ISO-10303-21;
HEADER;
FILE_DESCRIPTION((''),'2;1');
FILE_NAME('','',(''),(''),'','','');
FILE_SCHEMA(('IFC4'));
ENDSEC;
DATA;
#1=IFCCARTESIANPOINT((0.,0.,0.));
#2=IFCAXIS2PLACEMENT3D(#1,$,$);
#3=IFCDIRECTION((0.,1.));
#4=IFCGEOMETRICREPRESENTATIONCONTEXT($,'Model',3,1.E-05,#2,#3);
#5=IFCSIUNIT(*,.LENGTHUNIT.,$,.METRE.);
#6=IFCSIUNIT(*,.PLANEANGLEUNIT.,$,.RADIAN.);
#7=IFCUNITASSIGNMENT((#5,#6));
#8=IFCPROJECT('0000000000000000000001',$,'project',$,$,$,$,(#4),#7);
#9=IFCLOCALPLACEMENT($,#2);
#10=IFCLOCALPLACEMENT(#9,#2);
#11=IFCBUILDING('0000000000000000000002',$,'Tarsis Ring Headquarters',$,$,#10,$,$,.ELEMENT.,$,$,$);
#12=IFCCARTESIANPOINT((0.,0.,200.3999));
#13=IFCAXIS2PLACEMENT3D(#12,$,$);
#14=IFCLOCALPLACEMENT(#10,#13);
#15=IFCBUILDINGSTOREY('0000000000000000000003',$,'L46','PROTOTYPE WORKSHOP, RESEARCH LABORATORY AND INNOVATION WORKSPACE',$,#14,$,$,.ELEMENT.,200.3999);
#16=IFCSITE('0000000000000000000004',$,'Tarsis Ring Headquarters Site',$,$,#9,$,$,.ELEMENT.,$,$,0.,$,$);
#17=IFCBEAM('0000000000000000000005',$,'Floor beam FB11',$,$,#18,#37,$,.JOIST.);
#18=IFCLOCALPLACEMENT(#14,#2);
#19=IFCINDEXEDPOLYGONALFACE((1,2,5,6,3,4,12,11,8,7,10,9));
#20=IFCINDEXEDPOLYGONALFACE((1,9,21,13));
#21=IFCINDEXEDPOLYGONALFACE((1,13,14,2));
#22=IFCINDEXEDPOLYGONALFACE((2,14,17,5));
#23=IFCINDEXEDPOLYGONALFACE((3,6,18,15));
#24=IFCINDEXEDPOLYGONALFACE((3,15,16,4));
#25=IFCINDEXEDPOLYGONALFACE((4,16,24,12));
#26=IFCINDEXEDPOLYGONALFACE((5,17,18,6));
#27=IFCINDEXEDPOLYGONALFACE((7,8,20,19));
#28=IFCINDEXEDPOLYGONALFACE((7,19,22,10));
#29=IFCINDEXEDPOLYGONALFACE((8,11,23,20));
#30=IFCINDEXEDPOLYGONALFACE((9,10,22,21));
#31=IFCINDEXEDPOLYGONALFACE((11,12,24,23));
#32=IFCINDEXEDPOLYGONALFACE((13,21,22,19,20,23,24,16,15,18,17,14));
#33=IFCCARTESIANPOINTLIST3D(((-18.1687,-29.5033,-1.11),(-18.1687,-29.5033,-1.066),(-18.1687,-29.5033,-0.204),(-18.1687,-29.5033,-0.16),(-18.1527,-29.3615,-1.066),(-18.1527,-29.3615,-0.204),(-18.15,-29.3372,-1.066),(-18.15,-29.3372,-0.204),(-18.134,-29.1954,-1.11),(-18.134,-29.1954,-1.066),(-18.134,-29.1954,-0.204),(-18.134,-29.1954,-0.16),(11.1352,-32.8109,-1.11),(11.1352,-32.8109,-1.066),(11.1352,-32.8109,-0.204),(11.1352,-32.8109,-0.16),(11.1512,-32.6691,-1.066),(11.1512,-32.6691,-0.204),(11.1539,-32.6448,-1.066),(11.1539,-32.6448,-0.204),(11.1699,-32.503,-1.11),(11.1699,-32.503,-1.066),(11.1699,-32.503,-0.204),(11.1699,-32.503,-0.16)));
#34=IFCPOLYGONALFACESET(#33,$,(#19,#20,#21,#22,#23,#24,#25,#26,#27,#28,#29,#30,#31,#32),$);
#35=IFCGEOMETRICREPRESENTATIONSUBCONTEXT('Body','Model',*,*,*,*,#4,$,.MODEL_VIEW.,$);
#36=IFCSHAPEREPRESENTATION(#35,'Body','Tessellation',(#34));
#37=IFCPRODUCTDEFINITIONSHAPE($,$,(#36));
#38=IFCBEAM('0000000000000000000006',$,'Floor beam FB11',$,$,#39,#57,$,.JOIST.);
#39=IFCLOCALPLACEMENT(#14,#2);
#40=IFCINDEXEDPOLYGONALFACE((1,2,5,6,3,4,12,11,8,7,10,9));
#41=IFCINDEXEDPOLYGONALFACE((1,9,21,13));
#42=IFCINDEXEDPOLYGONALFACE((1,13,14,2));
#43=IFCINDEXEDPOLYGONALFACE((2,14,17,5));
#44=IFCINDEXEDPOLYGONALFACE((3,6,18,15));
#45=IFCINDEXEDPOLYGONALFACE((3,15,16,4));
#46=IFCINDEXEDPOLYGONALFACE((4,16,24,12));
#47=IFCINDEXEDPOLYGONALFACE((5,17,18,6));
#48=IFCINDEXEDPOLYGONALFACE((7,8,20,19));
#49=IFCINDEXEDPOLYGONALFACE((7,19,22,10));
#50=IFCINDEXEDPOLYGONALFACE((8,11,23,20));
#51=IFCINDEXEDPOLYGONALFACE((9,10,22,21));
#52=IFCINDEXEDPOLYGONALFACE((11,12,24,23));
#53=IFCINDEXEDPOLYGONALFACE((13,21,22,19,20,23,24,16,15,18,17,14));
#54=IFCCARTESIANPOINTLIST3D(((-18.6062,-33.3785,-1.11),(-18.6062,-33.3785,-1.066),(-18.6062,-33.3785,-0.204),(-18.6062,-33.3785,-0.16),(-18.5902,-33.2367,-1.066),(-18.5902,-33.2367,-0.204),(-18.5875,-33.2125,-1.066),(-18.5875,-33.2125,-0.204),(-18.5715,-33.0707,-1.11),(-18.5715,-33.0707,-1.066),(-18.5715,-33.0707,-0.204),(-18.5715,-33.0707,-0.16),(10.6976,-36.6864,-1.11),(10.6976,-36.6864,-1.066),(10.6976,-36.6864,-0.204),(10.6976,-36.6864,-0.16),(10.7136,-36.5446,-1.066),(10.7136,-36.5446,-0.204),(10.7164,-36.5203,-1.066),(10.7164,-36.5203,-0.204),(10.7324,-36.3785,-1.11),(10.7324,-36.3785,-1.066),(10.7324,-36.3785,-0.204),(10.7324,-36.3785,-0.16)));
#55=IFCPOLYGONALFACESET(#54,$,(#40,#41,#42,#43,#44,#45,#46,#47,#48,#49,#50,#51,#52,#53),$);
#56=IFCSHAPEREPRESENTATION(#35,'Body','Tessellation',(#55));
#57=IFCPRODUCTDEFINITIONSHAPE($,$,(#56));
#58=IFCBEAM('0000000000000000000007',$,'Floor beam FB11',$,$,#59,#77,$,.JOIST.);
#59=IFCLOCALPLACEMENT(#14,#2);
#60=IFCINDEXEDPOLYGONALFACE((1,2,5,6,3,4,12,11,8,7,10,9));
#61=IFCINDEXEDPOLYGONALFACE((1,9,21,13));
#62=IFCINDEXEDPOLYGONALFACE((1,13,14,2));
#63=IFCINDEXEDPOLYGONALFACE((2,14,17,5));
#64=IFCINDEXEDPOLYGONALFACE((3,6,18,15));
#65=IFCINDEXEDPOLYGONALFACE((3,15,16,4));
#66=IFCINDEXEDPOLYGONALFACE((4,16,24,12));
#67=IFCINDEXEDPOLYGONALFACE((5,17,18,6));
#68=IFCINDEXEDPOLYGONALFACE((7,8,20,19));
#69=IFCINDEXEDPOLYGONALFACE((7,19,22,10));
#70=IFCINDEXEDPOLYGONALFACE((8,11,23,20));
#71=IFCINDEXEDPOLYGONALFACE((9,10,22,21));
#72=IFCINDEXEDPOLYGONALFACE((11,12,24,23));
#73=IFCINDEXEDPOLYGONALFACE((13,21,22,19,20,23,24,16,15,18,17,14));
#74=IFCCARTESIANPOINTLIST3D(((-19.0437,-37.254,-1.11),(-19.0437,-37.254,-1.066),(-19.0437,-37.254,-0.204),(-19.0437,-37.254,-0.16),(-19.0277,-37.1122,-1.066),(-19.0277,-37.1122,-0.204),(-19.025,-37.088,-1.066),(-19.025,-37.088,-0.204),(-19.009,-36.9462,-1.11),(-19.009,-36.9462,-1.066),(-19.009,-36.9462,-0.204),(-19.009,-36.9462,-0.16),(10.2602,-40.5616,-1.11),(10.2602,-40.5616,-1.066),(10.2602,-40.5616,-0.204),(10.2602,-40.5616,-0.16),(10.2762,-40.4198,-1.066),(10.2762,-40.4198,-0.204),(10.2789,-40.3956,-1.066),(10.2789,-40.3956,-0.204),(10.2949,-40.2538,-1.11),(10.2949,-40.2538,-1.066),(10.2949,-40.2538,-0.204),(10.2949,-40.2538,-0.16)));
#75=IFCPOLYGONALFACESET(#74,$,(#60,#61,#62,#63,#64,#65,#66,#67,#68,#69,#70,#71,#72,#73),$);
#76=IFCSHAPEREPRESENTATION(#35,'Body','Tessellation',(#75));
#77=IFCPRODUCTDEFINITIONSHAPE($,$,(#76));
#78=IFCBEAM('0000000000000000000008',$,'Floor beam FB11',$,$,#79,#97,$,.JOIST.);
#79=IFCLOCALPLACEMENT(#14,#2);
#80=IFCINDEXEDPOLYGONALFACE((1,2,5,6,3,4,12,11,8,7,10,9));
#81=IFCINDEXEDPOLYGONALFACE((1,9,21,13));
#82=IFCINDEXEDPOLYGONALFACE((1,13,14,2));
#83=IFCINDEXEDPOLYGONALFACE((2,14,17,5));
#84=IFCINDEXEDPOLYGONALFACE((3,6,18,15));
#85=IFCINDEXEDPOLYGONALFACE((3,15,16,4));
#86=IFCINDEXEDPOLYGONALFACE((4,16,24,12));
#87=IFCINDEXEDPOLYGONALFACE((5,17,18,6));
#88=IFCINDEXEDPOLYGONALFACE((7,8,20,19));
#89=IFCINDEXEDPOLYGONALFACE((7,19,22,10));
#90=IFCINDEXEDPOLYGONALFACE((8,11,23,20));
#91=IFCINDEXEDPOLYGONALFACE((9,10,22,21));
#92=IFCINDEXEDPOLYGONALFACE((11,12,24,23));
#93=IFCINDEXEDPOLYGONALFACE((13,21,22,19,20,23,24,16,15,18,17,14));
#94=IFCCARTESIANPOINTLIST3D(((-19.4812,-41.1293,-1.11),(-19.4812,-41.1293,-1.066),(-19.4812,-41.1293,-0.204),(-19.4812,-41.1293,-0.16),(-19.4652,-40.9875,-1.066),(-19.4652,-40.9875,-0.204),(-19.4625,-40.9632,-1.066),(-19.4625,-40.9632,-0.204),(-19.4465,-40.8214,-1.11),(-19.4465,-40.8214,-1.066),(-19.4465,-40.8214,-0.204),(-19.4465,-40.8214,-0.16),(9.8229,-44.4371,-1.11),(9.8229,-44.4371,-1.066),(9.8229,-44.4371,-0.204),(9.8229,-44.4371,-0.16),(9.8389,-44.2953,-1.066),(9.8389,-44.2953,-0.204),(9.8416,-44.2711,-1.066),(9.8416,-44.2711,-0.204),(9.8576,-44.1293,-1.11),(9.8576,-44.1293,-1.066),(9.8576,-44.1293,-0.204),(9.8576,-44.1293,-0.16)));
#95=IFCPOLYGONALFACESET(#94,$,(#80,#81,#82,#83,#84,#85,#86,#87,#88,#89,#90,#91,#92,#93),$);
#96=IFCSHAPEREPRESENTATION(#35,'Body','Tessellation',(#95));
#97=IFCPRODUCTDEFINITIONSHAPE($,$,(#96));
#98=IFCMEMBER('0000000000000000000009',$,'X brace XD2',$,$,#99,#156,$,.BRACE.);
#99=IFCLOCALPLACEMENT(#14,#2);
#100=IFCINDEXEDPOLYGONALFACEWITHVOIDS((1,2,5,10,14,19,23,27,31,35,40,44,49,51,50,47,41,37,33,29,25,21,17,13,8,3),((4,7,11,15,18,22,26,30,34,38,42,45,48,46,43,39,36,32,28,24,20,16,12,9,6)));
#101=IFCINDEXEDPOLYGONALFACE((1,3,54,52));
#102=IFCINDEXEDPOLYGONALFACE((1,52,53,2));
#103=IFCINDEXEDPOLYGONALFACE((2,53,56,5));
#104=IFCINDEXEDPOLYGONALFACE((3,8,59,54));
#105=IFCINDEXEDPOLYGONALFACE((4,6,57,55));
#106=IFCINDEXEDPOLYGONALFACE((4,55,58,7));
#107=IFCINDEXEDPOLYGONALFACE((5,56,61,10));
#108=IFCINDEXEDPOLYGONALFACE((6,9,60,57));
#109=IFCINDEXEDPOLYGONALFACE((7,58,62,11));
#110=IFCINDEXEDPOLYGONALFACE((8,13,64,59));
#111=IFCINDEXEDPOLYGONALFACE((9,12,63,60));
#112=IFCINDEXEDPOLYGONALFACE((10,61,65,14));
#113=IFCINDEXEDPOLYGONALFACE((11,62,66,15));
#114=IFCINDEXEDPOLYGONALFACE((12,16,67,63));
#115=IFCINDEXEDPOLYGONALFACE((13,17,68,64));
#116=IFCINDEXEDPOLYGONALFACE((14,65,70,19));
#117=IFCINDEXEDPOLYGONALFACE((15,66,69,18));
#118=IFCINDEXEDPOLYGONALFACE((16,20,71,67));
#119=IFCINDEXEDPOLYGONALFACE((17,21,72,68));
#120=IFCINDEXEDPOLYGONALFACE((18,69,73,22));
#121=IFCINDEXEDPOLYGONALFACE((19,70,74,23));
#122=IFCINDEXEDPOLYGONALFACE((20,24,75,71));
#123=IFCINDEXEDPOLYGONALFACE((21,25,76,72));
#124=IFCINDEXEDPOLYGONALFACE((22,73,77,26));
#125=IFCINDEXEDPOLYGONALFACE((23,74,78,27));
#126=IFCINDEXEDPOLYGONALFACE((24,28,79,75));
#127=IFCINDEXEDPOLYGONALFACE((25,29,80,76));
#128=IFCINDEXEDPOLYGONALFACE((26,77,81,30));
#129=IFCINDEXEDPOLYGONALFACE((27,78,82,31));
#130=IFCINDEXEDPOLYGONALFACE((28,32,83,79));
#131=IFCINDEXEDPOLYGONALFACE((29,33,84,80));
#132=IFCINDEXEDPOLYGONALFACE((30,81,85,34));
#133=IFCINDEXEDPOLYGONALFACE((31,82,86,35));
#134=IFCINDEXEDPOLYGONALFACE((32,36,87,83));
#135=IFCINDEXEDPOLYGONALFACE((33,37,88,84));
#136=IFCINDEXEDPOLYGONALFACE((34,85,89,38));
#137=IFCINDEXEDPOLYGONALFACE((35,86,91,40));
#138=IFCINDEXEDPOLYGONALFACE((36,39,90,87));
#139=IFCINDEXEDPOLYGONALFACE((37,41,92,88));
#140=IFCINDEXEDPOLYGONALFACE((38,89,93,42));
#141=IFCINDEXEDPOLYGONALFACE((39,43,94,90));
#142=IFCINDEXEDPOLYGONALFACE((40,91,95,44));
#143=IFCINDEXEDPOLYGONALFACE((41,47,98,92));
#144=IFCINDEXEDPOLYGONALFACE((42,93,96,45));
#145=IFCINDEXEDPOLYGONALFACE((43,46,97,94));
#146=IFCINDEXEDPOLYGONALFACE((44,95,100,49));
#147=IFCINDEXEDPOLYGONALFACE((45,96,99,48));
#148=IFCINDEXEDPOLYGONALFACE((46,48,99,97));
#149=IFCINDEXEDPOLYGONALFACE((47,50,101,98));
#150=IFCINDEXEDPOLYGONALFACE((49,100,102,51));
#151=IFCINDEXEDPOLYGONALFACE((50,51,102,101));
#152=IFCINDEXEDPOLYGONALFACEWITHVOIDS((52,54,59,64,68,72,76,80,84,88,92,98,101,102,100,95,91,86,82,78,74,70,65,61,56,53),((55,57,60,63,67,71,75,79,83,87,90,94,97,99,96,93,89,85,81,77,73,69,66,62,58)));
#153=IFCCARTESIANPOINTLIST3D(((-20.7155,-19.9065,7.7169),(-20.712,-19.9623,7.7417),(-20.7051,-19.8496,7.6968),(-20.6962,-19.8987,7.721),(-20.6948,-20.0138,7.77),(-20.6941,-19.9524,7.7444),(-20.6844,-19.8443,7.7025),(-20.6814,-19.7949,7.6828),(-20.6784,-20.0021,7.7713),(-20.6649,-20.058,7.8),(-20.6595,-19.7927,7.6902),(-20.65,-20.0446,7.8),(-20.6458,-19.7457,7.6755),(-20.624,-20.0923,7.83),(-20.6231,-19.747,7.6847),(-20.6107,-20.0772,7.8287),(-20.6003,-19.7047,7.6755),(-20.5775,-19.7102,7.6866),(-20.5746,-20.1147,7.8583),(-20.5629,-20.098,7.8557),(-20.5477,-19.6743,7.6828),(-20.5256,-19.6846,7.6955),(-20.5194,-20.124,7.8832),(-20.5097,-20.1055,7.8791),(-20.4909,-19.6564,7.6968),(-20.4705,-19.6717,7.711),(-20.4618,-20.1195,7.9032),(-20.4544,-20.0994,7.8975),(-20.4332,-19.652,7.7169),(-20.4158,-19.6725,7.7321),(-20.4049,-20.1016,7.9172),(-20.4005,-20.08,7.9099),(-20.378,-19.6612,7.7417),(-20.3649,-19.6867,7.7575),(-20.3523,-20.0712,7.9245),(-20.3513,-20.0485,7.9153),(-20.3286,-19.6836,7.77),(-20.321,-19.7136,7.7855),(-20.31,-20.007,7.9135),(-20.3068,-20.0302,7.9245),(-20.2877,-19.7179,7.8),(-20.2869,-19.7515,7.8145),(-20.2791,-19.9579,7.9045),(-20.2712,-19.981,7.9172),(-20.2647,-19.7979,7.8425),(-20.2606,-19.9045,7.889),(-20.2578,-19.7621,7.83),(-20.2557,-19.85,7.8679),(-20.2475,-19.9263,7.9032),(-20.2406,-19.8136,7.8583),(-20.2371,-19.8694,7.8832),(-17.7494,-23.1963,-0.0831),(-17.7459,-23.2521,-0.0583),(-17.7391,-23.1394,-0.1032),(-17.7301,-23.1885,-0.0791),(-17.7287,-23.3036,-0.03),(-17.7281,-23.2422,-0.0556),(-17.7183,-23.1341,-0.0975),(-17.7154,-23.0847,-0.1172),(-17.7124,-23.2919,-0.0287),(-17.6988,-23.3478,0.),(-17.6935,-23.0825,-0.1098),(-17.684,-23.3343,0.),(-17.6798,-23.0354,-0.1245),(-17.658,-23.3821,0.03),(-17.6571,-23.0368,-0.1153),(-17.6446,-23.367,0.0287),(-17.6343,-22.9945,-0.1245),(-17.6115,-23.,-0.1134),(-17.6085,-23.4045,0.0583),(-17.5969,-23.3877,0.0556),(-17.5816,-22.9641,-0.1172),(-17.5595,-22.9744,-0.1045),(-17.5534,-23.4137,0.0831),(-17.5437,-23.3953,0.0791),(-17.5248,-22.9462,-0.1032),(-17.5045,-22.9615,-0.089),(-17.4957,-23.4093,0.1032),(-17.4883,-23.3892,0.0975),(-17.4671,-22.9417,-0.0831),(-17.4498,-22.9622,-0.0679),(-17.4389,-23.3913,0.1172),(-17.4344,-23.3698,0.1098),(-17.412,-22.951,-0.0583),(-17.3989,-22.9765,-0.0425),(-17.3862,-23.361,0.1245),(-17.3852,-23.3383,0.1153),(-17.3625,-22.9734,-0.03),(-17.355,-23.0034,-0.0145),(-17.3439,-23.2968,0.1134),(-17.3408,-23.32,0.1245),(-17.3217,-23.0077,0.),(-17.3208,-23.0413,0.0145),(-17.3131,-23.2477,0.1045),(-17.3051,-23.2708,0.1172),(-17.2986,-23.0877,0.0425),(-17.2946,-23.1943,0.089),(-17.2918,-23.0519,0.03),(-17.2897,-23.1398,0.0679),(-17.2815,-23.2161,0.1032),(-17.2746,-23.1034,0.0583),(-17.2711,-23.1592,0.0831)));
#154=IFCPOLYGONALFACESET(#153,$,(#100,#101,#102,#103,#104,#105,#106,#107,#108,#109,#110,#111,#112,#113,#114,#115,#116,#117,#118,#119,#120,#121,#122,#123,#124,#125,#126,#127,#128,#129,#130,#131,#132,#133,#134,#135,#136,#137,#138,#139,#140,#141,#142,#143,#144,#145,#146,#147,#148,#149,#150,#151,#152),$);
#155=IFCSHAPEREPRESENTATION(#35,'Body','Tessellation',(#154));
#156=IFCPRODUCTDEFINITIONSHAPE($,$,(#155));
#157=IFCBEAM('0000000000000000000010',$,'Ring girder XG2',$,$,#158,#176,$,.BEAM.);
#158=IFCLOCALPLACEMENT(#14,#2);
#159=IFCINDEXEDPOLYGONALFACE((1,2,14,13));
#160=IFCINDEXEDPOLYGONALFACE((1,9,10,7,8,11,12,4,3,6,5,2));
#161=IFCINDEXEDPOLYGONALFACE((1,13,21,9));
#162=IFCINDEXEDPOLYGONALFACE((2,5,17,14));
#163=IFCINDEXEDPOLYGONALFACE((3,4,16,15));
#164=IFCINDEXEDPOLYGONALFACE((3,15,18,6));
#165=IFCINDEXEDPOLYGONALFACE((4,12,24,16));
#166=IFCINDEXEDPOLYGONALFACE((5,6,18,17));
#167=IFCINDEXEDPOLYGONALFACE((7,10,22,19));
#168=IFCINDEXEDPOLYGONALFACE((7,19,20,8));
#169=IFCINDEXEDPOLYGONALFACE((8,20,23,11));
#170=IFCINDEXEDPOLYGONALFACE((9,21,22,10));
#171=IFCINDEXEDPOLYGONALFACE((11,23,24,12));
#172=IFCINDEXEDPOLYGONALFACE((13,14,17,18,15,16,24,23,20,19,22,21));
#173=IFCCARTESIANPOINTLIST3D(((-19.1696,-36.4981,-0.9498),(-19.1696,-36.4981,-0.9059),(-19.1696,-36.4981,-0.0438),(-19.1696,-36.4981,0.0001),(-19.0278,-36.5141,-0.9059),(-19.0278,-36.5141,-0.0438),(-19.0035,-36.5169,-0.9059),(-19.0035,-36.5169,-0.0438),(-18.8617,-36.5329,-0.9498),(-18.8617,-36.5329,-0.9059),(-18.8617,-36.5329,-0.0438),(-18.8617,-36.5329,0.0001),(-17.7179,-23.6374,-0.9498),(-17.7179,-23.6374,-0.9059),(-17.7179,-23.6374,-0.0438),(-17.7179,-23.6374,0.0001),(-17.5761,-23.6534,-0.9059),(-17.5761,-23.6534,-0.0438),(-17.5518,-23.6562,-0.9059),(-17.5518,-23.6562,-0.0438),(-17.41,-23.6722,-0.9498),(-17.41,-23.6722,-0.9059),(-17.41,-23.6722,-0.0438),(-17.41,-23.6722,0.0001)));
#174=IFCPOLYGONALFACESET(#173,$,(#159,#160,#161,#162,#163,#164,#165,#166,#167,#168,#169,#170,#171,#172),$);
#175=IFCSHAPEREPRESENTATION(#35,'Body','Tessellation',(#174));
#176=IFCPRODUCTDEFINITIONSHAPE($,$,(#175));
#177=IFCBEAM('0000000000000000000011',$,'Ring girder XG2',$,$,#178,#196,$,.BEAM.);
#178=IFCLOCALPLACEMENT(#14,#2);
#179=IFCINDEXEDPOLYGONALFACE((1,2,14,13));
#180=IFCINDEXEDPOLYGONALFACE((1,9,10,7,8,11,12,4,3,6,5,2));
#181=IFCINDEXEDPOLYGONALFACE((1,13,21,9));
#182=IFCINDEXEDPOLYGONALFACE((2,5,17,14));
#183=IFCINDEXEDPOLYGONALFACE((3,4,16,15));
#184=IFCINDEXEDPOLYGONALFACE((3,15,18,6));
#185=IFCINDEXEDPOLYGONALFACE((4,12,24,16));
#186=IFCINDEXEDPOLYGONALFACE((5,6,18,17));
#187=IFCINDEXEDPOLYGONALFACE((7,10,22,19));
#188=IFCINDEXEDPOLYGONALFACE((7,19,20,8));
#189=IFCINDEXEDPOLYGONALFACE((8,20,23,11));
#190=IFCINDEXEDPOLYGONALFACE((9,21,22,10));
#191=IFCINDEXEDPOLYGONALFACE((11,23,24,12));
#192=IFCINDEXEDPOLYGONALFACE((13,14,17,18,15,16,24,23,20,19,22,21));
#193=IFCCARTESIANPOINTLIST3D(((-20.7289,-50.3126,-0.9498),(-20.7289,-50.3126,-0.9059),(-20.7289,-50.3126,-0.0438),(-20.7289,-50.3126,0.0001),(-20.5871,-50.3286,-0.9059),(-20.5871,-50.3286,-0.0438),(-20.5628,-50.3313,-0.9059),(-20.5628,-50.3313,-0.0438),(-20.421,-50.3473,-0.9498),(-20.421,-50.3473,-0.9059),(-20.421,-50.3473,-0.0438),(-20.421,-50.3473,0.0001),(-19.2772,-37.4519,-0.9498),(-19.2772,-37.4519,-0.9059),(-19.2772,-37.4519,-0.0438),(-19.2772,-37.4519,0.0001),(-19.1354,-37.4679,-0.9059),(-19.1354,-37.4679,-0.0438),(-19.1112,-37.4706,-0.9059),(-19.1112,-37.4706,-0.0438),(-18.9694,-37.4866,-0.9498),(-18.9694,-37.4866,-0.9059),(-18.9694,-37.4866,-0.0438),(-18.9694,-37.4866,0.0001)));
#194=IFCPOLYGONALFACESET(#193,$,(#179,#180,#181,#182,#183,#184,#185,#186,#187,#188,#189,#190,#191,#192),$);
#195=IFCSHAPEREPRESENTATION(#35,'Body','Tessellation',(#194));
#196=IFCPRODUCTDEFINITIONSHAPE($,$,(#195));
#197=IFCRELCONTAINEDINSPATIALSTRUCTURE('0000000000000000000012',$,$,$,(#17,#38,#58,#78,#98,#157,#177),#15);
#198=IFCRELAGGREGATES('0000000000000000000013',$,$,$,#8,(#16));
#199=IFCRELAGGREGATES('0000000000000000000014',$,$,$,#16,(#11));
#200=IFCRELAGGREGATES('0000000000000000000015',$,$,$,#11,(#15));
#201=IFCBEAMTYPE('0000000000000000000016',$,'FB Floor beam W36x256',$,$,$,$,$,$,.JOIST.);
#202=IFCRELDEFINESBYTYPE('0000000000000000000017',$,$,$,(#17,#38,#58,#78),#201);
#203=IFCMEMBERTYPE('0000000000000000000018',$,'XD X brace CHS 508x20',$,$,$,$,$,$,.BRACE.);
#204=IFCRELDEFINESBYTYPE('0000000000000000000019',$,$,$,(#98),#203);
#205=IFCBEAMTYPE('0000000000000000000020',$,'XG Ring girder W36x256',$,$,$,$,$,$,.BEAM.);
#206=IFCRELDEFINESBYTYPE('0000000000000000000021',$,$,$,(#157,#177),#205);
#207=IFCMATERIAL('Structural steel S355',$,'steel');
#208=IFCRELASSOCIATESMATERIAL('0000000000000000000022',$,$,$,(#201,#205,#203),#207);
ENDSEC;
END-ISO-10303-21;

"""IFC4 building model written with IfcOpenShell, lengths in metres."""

from ifc_helpers import new_model, si_unit, direction, frame, origin, origin_2d, place, context, subcontext, project, spatial, hollow_circle, i_section, extrude, material, material_profile, profile_set, type_object, element, save


model = new_model("IFC4")

# Units and contexts
model_context = context("Model", 3, precision=1e-05, world=origin(), true_north=direction((0.0, 1.0)))
body_context = subcontext(model_context, "Body", "Model", "MODEL_VIEW")
ifc_project = project(units=[si_unit("LENGTHUNIT", "METRE"), si_unit("PLANEANGLEUNIT", "RADIAN")], contexts=[model_context])

# Site, building, storey
site_placement = place(None, origin())
site = spatial("IfcSite", under=ifc_project, at=site_placement, Name="Tarsis Ring Headquarters Site", CompositionType="ELEMENT", RefElevation=0.0)
building_placement = place(site_placement, origin())
building = spatial("IfcBuilding", under=site, at=building_placement, Name="Tarsis Ring Headquarters", CompositionType="ELEMENT")
storey_placement = place(building_placement, frame((0.0, 0.0, 200.3999)))
storey = spatial("IfcBuildingStorey", under=building, at=storey_placement, Name="L46", Description="PROTOTYPE WORKSHOP, RESEARCH LABORATORY AND INNOVATION WORKSPACE", CompositionType="ELEMENT", Elevation=200.3999)

# Shared definitions
ifc_material_1 = material(Name="Structural steel S355", Category="steel")

# Beams
ifc_material_profile_1 = material_profile(ifc_material_1, i_section(OverallWidth=0.3098, OverallDepth=0.95, WebThickness=0.0244, FlangeThickness=0.0439, at=origin_2d()), Name="W36x256")
ifc_profile_set_1 = profile_set([ifc_material_profile_1], Name="Structural steel S355")
beam_type_1 = type_object("IfcBeamType", Name="FB Floor beam W36x256", PredefinedType="JOIST", material=ifc_profile_set_1)
for number, where, z_axis, x_axis, name in (
    (1, (-18.1514, -29.3494, -0.635), (0.99369, -0.112161, 0.0), (0.112161, 0.99369, 0.0), "Floor beam FB11"),
    (2, (-18.5889, -33.2246, -0.635), (0.993689, -0.112169, 0.0), (0.112169, 0.993689, 0.0), "Floor beam FB11"),
    (3, (-19.0264, -37.1001, -0.635), (0.99369, -0.112161, 0.0), (0.112161, 0.99369, 0.0), "Floor beam FB11"),
):
    element("IfcBeam", number, at=place(storey_placement, frame(where, z_axis=z_axis, x_axis=x_axis)), inside=storey, type_object=beam_type_1, Name=name, PredefinedType="JOIST", context=body_context, shape_type="SweptSolid", body=[
        extrude(i_section(OverallWidth=0.3098, OverallDepth=0.95, WebThickness=0.0244, FlangeThickness=0.0439, at=origin_2d()), origin(), (0.0, 0.0, 1.0), 29.49),
    ])
beam_placement = place(storey_placement, frame((-19.4639, -40.9753, -0.635), z_axis=(0.993689, -0.112168, 0.0), x_axis=(0.112168, 0.993689, 0.0)))
element("IfcBeam", 4, at=beam_placement, inside=storey, type_object=beam_type_1, Name="Floor beam FB11", PredefinedType="JOIST", context=body_context, shape_type="SweptSolid", body=[
    extrude(i_section(OverallWidth=0.3098, OverallDepth=0.95, WebThickness=0.0244, FlangeThickness=0.0439, at=origin_2d()), origin(), (0.0, 0.0, 1.0), 29.4902),
])

# Member
ifc_material_profile_2 = material_profile(ifc_material_1, hollow_circle(Radius=0.2539, WallThickness=0.02, at=origin_2d()), Name="CHS 508x20")
ifc_profile_set_2 = profile_set([ifc_material_profile_2], Name="Structural steel S355")
member_type = type_object("IfcMemberType", Name="XD X brace CHS 508x20", PredefinedType="BRACE", material=ifc_profile_set_2)
member_placement = place(storey_placement, frame((-17.5103, -23.1777, 0.0), z_axis=(-0.330665, 0.366755, 0.86957), x_axis=(-0.742705, -0.669619, 0.0)))
element("IfcMember", 5, at=member_placement, inside=storey, type_object=member_type, Name="X brace XD2", PredefinedType="BRACE", context=body_context, shape_type="SweptSolid", body=[
    extrude(hollow_circle(Radius=0.2539, WallThickness=0.02, at=origin_2d()), origin(), (0.0, 0.0, 1.0), 8.97),
])

# Beams
beam_type_2 = type_object("IfcBeamType", Name="XG Ring girder W36x256", PredefinedType="BEAM", material=ifc_profile_set_1)
for number, where, z_axis, x_axis, name in (
    (6, (-17.564, -23.6548, -0.4749), (-0.112164, -0.99369, 0.0), (0.99369, -0.112164, 0.0), "Ring girder XG2"),
    (7, (-19.1233, -37.4692, -0.4749), (-0.112164, -0.99369, 0.0), (0.99369, -0.112164, 0.0), "Ring girder XG2"),
):
    element("IfcBeam", number, at=place(storey_placement, frame(where, z_axis=z_axis, x_axis=x_axis)), inside=storey, type_object=beam_type_2, Name=name, PredefinedType="BEAM", context=body_context, shape_type="SweptSolid", body=[
        extrude(i_section(OverallWidth=0.3098, OverallDepth=0.95, WebThickness=0.0244, FlangeThickness=0.0439, at=origin_2d()), origin(), (0.0, 0.0, 1.0), 12.9424),
    ])

save(model, "model.ifc")
